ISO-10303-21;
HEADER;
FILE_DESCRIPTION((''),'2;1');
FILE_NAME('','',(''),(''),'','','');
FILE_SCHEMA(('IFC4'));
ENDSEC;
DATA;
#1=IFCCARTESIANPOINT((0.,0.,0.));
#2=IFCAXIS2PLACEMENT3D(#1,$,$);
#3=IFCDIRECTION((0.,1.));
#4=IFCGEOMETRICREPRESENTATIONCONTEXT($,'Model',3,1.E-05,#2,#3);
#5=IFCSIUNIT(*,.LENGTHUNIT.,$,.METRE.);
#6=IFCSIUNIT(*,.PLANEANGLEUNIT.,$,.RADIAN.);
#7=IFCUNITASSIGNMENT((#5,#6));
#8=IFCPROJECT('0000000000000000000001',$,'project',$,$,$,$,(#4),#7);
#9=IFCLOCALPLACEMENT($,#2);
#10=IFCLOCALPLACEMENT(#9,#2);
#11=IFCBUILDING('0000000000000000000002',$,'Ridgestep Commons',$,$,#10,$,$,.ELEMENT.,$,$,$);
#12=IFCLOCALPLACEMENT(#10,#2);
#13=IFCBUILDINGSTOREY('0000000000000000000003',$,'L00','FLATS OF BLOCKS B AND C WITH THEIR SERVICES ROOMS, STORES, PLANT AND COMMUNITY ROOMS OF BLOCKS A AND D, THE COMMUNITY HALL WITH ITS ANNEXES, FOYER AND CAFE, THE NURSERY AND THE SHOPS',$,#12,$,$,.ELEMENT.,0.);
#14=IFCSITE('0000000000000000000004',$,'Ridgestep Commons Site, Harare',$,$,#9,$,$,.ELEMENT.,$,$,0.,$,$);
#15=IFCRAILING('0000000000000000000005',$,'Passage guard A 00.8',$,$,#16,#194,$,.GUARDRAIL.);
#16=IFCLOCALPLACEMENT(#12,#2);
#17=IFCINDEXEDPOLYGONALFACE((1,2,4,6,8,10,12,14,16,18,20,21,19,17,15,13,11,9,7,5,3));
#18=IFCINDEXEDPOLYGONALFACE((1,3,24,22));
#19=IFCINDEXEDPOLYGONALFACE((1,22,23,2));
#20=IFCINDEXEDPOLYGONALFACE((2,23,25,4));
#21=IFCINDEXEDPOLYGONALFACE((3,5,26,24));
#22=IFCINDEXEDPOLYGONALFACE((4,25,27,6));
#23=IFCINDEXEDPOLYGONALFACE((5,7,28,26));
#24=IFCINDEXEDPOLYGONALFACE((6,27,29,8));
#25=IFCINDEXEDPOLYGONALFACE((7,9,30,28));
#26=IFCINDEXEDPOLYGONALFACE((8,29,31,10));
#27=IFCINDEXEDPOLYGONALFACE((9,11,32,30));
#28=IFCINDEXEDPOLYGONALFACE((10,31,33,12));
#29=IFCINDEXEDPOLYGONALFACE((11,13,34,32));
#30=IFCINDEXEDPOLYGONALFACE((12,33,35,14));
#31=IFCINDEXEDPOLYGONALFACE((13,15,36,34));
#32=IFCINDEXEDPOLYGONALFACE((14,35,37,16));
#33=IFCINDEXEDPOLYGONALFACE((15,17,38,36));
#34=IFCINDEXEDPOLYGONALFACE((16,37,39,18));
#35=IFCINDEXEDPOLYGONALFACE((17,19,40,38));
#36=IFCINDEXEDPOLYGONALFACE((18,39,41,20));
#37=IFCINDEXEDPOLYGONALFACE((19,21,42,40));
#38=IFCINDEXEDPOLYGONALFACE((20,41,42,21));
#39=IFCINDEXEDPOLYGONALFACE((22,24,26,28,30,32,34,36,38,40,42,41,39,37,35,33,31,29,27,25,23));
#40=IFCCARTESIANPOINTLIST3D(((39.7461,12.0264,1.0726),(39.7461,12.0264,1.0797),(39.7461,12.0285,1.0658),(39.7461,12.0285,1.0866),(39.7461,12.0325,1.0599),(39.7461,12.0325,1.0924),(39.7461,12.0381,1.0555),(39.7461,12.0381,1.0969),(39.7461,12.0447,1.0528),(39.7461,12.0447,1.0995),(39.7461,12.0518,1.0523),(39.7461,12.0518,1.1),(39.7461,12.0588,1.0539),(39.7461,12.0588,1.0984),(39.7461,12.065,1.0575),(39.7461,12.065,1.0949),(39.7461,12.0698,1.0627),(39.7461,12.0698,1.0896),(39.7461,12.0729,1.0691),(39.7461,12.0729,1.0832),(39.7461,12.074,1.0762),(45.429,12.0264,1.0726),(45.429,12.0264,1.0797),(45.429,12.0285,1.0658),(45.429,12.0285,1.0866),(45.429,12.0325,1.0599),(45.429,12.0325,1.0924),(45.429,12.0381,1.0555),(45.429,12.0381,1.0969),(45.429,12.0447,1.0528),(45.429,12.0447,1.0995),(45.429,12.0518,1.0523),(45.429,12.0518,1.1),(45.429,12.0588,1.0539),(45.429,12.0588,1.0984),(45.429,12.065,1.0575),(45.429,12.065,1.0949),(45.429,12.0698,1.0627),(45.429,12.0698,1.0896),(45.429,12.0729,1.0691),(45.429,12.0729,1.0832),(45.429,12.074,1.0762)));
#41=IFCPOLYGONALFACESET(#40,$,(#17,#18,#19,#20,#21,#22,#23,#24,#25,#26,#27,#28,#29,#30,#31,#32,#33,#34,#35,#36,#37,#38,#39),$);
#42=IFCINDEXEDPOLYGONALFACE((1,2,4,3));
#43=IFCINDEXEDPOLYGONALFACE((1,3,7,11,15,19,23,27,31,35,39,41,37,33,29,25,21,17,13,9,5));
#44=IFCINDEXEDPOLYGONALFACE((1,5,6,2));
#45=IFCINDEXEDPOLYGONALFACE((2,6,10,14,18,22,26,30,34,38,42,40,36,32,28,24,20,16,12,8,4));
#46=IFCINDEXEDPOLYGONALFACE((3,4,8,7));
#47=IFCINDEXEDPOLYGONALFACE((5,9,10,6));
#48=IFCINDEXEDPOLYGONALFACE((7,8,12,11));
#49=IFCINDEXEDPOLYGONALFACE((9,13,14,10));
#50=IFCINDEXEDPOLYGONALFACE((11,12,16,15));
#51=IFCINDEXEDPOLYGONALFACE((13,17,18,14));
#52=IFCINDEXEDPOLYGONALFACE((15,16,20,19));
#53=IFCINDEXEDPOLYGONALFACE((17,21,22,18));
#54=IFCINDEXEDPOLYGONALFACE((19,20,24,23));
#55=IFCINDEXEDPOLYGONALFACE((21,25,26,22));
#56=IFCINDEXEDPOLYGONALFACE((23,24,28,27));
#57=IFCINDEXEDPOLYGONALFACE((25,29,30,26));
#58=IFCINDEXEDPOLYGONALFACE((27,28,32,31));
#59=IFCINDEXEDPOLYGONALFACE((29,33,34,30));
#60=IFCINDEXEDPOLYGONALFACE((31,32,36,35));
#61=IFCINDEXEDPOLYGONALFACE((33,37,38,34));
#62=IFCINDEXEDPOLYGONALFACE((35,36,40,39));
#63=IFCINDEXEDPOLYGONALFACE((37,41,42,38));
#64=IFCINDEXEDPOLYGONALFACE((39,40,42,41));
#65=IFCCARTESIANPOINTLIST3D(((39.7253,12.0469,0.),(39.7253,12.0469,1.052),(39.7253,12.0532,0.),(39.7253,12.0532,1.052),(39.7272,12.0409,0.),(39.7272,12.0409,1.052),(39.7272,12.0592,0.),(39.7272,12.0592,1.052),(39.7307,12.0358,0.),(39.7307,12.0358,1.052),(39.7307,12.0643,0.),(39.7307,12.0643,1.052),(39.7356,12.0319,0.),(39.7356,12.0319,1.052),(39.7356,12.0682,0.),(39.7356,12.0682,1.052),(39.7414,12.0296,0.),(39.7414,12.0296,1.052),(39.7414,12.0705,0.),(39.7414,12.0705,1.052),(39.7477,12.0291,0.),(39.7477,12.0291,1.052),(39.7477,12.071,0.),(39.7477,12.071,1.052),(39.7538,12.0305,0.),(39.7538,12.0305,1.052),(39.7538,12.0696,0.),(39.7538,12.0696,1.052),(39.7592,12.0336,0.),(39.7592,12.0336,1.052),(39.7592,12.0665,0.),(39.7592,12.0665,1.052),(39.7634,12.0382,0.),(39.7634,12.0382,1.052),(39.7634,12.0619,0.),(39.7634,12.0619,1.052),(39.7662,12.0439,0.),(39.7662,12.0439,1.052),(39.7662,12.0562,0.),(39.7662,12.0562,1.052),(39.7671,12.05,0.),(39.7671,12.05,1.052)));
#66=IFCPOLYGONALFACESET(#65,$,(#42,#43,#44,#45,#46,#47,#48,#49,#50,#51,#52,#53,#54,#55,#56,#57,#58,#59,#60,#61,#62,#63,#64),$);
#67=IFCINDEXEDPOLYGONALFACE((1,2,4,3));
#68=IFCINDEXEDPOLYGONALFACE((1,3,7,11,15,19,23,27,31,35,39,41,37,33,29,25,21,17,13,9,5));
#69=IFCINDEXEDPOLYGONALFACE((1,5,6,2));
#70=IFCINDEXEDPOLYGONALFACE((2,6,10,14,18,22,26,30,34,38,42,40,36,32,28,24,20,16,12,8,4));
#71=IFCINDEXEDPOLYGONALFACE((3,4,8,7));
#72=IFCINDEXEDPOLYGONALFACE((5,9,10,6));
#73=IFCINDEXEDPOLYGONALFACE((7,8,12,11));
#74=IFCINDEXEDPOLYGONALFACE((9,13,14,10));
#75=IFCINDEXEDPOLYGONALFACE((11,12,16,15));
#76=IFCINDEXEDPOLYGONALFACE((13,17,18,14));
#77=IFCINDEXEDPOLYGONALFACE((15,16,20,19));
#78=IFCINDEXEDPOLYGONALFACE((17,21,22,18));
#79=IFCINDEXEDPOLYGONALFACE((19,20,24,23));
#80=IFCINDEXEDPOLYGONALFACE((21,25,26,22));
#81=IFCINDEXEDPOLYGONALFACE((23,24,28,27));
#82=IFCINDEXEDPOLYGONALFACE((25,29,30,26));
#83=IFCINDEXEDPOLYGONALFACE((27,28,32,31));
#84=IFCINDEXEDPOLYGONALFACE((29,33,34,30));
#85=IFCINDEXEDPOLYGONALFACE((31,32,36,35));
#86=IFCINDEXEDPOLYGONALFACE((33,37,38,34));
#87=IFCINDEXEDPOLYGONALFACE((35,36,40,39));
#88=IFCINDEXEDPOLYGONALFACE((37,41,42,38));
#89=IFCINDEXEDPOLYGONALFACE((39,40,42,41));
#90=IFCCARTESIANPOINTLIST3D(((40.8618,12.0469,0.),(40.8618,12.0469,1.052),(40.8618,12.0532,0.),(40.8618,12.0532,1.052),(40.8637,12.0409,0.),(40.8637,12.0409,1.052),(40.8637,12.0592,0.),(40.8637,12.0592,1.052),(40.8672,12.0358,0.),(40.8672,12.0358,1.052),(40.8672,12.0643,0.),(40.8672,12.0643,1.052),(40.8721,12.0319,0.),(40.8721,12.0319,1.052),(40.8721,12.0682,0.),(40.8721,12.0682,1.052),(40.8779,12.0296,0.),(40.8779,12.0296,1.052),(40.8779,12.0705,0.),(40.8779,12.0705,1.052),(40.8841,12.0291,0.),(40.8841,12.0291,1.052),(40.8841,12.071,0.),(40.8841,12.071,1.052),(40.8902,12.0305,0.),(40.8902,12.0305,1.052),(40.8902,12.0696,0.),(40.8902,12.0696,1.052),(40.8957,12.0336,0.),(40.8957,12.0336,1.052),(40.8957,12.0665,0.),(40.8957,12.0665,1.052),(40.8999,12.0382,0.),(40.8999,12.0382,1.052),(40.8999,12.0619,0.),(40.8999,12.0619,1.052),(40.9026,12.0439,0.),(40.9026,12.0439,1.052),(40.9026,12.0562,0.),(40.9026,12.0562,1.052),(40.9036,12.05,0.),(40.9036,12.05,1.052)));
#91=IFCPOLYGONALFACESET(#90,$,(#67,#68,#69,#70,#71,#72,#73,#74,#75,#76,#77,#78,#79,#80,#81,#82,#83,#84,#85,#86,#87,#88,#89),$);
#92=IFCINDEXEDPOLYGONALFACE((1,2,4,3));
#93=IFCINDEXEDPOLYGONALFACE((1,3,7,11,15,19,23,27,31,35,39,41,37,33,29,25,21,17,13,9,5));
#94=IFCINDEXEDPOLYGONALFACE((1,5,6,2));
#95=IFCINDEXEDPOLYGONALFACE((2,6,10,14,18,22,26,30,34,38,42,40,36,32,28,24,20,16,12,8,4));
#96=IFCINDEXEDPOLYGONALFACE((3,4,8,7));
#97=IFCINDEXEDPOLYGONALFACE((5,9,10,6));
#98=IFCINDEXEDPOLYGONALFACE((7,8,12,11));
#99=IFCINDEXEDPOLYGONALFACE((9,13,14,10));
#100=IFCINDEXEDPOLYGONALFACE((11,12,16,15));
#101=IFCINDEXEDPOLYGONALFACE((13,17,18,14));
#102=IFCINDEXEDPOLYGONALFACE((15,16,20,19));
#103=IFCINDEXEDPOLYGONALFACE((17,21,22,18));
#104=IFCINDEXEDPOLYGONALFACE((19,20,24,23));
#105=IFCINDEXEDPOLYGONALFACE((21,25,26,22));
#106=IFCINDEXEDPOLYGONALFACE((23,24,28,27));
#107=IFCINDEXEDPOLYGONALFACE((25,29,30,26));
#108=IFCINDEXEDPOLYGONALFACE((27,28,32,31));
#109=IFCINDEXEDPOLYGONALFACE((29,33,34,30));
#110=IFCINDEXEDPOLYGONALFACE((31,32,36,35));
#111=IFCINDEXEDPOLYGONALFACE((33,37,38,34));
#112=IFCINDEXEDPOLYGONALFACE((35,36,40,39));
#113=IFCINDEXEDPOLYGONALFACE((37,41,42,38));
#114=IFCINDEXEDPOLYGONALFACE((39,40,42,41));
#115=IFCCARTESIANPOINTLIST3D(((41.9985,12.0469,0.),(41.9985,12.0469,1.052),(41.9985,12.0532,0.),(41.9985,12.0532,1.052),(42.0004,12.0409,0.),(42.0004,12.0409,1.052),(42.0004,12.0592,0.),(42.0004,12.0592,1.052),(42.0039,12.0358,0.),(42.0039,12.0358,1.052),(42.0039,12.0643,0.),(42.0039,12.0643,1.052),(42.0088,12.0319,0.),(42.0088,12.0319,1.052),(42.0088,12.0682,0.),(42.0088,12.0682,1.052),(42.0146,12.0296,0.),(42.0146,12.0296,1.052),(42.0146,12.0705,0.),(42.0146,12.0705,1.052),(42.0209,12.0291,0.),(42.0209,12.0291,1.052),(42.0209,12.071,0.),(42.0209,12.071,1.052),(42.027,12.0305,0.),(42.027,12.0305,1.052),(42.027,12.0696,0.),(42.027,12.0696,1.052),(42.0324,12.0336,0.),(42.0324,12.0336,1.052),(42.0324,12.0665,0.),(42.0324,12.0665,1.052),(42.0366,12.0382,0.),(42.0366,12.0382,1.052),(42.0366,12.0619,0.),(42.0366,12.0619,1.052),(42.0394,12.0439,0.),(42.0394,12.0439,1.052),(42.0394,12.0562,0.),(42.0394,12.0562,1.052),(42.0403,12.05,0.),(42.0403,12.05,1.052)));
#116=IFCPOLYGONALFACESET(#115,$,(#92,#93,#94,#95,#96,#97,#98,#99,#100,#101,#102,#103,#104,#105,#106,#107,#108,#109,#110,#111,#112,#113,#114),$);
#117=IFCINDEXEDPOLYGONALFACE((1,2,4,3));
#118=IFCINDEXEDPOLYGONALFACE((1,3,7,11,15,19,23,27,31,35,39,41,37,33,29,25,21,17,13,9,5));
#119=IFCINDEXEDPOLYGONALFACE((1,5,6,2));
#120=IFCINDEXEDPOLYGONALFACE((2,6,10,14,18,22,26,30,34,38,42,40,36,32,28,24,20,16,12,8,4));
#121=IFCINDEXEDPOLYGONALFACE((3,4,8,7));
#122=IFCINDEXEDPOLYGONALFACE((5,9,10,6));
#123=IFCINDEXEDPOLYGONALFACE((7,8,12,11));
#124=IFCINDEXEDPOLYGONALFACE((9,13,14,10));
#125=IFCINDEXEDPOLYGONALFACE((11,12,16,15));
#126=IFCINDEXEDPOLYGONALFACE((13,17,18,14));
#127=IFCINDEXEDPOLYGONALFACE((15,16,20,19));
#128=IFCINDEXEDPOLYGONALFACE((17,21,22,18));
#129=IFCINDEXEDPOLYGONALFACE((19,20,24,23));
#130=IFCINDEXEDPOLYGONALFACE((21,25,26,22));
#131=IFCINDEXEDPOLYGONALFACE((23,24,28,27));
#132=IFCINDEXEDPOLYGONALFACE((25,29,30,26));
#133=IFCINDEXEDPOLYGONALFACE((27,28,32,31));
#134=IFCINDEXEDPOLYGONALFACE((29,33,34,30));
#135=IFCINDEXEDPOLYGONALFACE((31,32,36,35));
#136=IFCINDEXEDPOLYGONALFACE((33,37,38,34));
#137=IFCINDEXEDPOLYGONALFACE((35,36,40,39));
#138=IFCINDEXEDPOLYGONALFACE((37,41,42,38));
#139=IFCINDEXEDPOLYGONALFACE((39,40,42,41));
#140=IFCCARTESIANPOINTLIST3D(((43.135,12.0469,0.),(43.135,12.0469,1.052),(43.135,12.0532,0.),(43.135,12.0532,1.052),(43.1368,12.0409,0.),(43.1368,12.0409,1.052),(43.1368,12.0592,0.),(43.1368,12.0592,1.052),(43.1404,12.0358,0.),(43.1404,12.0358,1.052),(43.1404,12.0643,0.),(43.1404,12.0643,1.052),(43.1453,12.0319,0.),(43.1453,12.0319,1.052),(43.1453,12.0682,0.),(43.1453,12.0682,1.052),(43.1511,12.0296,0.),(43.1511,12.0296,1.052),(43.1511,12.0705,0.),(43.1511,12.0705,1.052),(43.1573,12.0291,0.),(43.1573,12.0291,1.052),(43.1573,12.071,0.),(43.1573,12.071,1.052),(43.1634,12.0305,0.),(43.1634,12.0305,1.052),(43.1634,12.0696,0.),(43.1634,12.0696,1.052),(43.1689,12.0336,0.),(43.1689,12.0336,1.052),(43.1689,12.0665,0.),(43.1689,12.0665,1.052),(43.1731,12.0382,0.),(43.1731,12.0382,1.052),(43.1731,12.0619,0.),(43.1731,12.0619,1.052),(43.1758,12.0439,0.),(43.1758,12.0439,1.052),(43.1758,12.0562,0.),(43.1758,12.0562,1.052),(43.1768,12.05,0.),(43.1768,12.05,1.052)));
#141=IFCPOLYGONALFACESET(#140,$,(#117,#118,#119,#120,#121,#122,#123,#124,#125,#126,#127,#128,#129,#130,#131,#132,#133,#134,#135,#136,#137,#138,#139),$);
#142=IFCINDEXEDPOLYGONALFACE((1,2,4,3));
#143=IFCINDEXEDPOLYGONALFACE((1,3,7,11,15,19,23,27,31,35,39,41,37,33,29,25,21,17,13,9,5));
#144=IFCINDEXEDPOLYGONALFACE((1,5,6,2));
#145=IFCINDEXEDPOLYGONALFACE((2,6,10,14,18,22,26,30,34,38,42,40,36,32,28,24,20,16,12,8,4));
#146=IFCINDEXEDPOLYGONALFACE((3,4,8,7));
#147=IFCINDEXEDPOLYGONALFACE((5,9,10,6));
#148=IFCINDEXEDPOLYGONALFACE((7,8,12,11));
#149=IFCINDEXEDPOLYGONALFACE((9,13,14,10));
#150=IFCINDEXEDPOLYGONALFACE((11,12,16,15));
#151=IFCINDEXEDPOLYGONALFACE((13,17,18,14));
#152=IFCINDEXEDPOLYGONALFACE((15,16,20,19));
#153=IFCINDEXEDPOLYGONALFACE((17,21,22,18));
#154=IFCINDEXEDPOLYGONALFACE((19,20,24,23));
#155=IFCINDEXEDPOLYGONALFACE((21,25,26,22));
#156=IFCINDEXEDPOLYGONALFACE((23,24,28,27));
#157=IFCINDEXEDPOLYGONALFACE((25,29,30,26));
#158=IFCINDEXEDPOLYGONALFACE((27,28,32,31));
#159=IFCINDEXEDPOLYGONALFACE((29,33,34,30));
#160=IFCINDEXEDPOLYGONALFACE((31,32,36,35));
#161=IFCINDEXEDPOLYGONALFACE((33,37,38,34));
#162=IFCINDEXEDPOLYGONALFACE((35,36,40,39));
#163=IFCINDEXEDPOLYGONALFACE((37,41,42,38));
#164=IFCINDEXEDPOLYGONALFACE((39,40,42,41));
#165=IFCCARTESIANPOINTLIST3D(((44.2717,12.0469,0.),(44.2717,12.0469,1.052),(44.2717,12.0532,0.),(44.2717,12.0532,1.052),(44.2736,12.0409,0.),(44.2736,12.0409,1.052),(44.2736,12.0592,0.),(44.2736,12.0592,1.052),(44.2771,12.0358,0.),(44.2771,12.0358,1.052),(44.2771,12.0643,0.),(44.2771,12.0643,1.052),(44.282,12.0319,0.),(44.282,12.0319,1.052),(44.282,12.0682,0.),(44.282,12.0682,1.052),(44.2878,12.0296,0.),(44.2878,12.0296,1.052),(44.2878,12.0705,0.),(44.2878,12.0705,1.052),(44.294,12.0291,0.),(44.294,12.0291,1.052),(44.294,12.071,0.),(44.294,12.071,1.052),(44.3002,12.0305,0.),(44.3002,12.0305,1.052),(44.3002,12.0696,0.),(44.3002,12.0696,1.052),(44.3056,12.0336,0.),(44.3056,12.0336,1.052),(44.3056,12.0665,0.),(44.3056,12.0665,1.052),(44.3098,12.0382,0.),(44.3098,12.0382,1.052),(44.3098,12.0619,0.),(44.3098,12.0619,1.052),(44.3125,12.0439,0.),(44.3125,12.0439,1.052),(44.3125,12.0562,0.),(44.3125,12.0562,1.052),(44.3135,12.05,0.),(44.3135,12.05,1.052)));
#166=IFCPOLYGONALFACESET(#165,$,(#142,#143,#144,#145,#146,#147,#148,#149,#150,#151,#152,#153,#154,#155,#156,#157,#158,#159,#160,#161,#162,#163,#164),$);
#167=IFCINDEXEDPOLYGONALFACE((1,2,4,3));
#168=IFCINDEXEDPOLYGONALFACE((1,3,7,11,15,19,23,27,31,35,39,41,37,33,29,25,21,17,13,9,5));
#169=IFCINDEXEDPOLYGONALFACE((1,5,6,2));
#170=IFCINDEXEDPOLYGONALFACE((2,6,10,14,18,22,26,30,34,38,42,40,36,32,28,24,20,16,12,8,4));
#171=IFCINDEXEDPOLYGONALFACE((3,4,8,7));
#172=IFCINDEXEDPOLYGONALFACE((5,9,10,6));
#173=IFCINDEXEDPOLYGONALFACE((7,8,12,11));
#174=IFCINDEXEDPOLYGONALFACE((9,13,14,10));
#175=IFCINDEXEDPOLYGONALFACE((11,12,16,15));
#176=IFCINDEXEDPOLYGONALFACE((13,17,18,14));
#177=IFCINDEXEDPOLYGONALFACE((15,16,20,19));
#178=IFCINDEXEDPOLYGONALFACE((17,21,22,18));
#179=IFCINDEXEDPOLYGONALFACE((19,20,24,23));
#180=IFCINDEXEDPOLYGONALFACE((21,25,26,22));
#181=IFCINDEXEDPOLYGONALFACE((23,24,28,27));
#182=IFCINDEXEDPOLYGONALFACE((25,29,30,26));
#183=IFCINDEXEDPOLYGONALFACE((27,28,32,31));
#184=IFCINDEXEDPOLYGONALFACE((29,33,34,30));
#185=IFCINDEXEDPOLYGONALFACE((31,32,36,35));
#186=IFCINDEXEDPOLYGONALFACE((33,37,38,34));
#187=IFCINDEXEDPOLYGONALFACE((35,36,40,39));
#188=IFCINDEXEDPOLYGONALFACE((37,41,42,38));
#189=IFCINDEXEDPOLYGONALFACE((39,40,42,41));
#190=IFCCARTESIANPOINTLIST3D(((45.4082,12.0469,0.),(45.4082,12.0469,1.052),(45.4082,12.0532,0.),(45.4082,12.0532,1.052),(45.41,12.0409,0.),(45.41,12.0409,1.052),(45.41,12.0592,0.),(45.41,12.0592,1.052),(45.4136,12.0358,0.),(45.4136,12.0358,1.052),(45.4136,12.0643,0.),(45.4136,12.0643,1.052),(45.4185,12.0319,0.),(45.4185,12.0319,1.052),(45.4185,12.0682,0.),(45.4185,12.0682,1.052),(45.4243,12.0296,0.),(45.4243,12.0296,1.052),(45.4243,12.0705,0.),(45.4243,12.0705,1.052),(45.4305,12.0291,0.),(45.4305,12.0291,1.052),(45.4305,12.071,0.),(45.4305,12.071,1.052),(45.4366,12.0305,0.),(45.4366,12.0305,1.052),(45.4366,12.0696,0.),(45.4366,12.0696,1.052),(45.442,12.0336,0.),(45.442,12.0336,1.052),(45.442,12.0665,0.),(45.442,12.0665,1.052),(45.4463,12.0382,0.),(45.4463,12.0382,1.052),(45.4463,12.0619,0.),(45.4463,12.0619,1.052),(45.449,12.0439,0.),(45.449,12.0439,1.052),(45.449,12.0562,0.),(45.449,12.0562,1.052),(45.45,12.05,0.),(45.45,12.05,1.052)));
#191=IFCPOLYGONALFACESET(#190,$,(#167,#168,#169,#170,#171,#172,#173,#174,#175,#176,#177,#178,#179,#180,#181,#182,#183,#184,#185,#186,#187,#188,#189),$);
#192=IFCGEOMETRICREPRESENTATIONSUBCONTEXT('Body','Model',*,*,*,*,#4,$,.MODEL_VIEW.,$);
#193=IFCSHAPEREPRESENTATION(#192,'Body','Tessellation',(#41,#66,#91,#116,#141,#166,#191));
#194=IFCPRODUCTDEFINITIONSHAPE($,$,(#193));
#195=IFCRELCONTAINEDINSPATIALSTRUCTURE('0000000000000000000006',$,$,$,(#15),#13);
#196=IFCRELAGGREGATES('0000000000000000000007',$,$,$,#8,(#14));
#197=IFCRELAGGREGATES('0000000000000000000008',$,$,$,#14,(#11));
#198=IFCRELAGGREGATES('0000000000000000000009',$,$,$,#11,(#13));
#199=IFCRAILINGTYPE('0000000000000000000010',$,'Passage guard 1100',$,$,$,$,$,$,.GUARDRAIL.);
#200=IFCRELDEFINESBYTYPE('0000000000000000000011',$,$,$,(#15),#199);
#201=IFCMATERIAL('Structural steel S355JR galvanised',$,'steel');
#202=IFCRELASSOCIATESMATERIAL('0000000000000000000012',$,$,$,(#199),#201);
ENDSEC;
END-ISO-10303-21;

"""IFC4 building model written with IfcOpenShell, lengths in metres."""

from ifc_helpers import new_model, si_unit, direction, frame, origin, origin_2d, place, context, subcontext, project, spatial, circle, extrude, material, type_object, element, save


model = new_model("IFC4")

# Units and contexts
model_context = context("Model", 3, precision=1e-05, world=origin(), true_north=direction((0.0, 1.0)))
body_context = subcontext(model_context, "Body", "Model", "MODEL_VIEW")
ifc_project = project(units=[si_unit("LENGTHUNIT", "METRE"), si_unit("PLANEANGLEUNIT", "RADIAN")], contexts=[model_context])

# Site, building, storey
site_placement = place(None, origin())
site = spatial("IfcSite", under=ifc_project, at=site_placement, Name="Ridgestep Commons Site, Harare", CompositionType="ELEMENT", RefElevation=0.0)
building_placement = place(site_placement, origin())
building = spatial("IfcBuilding", under=site, at=building_placement, Name="Ridgestep Commons", CompositionType="ELEMENT")
storey_placement = place(building_placement, origin())
storey = spatial("IfcBuildingStorey", under=building, at=storey_placement, Name="L00", Description="FLATS OF BLOCKS B AND C WITH THEIR SERVICES ROOMS, STORES, PLANT AND COMMUNITY ROOMS OF BLOCKS A AND D, THE COMMUNITY HALL WITH ITS ANNEXES, FOYER AND CAFE, THE NURSERY AND THE SHOPS", CompositionType="ELEMENT", Elevation=0.0)

# Railing
ifc_material_1 = material(Name="Structural steel S355JR galvanised", Category="steel")
railing_type_1 = type_object("IfcRailingType", Name="Passage guard 1100", PredefinedType="GUARDRAIL", material=ifc_material_1)
railing_1_placement = place(storey_placement, frame((39.7461, 12.05, 0.0)))
element("IfcRailing", 1, at=railing_1_placement, inside=storey, type_object=railing_type_1, Name="Passage guard A 00.8", PredefinedType="GUARDRAIL", context=body_context, shape_type="SweptSolid", body=[
    extrude(circle(Radius=0.0239, at=origin_2d()), frame((0.0, 0.0, 1.0762), z_axis=(1.0, 0.0, 0.0), x_axis=(0.0, 1.0, 0.0)), (0.0, 0.0, 1.0), 5.6829),
    extrude(circle(Radius=0.021, at=origin_2d()), origin(), (0.0, 0.0, 1.0), 1.052),
    extrude(circle(Radius=0.021, at=origin_2d()), frame((1.1365, 0.0, 0.0)), (0.0, 0.0, 1.0), 1.052),
    extrude(circle(Radius=0.021, at=origin_2d()), frame((2.2732, 0.0, 0.0)), (0.0, 0.0, 1.0), 1.052),
    extrude(circle(Radius=0.021, at=origin_2d()), frame((3.4097, 0.0, 0.0)), (0.0, 0.0, 1.0), 1.052),
    extrude(circle(Radius=0.021, at=origin_2d()), frame((4.5464, 0.0, 0.0)), (0.0, 0.0, 1.0), 1.052),
    extrude(circle(Radius=0.021, at=origin_2d()), frame((5.6829, 0.0, 0.0)), (0.0, 0.0, 1.0), 1.052),
])

save(model, "model.ifc")
